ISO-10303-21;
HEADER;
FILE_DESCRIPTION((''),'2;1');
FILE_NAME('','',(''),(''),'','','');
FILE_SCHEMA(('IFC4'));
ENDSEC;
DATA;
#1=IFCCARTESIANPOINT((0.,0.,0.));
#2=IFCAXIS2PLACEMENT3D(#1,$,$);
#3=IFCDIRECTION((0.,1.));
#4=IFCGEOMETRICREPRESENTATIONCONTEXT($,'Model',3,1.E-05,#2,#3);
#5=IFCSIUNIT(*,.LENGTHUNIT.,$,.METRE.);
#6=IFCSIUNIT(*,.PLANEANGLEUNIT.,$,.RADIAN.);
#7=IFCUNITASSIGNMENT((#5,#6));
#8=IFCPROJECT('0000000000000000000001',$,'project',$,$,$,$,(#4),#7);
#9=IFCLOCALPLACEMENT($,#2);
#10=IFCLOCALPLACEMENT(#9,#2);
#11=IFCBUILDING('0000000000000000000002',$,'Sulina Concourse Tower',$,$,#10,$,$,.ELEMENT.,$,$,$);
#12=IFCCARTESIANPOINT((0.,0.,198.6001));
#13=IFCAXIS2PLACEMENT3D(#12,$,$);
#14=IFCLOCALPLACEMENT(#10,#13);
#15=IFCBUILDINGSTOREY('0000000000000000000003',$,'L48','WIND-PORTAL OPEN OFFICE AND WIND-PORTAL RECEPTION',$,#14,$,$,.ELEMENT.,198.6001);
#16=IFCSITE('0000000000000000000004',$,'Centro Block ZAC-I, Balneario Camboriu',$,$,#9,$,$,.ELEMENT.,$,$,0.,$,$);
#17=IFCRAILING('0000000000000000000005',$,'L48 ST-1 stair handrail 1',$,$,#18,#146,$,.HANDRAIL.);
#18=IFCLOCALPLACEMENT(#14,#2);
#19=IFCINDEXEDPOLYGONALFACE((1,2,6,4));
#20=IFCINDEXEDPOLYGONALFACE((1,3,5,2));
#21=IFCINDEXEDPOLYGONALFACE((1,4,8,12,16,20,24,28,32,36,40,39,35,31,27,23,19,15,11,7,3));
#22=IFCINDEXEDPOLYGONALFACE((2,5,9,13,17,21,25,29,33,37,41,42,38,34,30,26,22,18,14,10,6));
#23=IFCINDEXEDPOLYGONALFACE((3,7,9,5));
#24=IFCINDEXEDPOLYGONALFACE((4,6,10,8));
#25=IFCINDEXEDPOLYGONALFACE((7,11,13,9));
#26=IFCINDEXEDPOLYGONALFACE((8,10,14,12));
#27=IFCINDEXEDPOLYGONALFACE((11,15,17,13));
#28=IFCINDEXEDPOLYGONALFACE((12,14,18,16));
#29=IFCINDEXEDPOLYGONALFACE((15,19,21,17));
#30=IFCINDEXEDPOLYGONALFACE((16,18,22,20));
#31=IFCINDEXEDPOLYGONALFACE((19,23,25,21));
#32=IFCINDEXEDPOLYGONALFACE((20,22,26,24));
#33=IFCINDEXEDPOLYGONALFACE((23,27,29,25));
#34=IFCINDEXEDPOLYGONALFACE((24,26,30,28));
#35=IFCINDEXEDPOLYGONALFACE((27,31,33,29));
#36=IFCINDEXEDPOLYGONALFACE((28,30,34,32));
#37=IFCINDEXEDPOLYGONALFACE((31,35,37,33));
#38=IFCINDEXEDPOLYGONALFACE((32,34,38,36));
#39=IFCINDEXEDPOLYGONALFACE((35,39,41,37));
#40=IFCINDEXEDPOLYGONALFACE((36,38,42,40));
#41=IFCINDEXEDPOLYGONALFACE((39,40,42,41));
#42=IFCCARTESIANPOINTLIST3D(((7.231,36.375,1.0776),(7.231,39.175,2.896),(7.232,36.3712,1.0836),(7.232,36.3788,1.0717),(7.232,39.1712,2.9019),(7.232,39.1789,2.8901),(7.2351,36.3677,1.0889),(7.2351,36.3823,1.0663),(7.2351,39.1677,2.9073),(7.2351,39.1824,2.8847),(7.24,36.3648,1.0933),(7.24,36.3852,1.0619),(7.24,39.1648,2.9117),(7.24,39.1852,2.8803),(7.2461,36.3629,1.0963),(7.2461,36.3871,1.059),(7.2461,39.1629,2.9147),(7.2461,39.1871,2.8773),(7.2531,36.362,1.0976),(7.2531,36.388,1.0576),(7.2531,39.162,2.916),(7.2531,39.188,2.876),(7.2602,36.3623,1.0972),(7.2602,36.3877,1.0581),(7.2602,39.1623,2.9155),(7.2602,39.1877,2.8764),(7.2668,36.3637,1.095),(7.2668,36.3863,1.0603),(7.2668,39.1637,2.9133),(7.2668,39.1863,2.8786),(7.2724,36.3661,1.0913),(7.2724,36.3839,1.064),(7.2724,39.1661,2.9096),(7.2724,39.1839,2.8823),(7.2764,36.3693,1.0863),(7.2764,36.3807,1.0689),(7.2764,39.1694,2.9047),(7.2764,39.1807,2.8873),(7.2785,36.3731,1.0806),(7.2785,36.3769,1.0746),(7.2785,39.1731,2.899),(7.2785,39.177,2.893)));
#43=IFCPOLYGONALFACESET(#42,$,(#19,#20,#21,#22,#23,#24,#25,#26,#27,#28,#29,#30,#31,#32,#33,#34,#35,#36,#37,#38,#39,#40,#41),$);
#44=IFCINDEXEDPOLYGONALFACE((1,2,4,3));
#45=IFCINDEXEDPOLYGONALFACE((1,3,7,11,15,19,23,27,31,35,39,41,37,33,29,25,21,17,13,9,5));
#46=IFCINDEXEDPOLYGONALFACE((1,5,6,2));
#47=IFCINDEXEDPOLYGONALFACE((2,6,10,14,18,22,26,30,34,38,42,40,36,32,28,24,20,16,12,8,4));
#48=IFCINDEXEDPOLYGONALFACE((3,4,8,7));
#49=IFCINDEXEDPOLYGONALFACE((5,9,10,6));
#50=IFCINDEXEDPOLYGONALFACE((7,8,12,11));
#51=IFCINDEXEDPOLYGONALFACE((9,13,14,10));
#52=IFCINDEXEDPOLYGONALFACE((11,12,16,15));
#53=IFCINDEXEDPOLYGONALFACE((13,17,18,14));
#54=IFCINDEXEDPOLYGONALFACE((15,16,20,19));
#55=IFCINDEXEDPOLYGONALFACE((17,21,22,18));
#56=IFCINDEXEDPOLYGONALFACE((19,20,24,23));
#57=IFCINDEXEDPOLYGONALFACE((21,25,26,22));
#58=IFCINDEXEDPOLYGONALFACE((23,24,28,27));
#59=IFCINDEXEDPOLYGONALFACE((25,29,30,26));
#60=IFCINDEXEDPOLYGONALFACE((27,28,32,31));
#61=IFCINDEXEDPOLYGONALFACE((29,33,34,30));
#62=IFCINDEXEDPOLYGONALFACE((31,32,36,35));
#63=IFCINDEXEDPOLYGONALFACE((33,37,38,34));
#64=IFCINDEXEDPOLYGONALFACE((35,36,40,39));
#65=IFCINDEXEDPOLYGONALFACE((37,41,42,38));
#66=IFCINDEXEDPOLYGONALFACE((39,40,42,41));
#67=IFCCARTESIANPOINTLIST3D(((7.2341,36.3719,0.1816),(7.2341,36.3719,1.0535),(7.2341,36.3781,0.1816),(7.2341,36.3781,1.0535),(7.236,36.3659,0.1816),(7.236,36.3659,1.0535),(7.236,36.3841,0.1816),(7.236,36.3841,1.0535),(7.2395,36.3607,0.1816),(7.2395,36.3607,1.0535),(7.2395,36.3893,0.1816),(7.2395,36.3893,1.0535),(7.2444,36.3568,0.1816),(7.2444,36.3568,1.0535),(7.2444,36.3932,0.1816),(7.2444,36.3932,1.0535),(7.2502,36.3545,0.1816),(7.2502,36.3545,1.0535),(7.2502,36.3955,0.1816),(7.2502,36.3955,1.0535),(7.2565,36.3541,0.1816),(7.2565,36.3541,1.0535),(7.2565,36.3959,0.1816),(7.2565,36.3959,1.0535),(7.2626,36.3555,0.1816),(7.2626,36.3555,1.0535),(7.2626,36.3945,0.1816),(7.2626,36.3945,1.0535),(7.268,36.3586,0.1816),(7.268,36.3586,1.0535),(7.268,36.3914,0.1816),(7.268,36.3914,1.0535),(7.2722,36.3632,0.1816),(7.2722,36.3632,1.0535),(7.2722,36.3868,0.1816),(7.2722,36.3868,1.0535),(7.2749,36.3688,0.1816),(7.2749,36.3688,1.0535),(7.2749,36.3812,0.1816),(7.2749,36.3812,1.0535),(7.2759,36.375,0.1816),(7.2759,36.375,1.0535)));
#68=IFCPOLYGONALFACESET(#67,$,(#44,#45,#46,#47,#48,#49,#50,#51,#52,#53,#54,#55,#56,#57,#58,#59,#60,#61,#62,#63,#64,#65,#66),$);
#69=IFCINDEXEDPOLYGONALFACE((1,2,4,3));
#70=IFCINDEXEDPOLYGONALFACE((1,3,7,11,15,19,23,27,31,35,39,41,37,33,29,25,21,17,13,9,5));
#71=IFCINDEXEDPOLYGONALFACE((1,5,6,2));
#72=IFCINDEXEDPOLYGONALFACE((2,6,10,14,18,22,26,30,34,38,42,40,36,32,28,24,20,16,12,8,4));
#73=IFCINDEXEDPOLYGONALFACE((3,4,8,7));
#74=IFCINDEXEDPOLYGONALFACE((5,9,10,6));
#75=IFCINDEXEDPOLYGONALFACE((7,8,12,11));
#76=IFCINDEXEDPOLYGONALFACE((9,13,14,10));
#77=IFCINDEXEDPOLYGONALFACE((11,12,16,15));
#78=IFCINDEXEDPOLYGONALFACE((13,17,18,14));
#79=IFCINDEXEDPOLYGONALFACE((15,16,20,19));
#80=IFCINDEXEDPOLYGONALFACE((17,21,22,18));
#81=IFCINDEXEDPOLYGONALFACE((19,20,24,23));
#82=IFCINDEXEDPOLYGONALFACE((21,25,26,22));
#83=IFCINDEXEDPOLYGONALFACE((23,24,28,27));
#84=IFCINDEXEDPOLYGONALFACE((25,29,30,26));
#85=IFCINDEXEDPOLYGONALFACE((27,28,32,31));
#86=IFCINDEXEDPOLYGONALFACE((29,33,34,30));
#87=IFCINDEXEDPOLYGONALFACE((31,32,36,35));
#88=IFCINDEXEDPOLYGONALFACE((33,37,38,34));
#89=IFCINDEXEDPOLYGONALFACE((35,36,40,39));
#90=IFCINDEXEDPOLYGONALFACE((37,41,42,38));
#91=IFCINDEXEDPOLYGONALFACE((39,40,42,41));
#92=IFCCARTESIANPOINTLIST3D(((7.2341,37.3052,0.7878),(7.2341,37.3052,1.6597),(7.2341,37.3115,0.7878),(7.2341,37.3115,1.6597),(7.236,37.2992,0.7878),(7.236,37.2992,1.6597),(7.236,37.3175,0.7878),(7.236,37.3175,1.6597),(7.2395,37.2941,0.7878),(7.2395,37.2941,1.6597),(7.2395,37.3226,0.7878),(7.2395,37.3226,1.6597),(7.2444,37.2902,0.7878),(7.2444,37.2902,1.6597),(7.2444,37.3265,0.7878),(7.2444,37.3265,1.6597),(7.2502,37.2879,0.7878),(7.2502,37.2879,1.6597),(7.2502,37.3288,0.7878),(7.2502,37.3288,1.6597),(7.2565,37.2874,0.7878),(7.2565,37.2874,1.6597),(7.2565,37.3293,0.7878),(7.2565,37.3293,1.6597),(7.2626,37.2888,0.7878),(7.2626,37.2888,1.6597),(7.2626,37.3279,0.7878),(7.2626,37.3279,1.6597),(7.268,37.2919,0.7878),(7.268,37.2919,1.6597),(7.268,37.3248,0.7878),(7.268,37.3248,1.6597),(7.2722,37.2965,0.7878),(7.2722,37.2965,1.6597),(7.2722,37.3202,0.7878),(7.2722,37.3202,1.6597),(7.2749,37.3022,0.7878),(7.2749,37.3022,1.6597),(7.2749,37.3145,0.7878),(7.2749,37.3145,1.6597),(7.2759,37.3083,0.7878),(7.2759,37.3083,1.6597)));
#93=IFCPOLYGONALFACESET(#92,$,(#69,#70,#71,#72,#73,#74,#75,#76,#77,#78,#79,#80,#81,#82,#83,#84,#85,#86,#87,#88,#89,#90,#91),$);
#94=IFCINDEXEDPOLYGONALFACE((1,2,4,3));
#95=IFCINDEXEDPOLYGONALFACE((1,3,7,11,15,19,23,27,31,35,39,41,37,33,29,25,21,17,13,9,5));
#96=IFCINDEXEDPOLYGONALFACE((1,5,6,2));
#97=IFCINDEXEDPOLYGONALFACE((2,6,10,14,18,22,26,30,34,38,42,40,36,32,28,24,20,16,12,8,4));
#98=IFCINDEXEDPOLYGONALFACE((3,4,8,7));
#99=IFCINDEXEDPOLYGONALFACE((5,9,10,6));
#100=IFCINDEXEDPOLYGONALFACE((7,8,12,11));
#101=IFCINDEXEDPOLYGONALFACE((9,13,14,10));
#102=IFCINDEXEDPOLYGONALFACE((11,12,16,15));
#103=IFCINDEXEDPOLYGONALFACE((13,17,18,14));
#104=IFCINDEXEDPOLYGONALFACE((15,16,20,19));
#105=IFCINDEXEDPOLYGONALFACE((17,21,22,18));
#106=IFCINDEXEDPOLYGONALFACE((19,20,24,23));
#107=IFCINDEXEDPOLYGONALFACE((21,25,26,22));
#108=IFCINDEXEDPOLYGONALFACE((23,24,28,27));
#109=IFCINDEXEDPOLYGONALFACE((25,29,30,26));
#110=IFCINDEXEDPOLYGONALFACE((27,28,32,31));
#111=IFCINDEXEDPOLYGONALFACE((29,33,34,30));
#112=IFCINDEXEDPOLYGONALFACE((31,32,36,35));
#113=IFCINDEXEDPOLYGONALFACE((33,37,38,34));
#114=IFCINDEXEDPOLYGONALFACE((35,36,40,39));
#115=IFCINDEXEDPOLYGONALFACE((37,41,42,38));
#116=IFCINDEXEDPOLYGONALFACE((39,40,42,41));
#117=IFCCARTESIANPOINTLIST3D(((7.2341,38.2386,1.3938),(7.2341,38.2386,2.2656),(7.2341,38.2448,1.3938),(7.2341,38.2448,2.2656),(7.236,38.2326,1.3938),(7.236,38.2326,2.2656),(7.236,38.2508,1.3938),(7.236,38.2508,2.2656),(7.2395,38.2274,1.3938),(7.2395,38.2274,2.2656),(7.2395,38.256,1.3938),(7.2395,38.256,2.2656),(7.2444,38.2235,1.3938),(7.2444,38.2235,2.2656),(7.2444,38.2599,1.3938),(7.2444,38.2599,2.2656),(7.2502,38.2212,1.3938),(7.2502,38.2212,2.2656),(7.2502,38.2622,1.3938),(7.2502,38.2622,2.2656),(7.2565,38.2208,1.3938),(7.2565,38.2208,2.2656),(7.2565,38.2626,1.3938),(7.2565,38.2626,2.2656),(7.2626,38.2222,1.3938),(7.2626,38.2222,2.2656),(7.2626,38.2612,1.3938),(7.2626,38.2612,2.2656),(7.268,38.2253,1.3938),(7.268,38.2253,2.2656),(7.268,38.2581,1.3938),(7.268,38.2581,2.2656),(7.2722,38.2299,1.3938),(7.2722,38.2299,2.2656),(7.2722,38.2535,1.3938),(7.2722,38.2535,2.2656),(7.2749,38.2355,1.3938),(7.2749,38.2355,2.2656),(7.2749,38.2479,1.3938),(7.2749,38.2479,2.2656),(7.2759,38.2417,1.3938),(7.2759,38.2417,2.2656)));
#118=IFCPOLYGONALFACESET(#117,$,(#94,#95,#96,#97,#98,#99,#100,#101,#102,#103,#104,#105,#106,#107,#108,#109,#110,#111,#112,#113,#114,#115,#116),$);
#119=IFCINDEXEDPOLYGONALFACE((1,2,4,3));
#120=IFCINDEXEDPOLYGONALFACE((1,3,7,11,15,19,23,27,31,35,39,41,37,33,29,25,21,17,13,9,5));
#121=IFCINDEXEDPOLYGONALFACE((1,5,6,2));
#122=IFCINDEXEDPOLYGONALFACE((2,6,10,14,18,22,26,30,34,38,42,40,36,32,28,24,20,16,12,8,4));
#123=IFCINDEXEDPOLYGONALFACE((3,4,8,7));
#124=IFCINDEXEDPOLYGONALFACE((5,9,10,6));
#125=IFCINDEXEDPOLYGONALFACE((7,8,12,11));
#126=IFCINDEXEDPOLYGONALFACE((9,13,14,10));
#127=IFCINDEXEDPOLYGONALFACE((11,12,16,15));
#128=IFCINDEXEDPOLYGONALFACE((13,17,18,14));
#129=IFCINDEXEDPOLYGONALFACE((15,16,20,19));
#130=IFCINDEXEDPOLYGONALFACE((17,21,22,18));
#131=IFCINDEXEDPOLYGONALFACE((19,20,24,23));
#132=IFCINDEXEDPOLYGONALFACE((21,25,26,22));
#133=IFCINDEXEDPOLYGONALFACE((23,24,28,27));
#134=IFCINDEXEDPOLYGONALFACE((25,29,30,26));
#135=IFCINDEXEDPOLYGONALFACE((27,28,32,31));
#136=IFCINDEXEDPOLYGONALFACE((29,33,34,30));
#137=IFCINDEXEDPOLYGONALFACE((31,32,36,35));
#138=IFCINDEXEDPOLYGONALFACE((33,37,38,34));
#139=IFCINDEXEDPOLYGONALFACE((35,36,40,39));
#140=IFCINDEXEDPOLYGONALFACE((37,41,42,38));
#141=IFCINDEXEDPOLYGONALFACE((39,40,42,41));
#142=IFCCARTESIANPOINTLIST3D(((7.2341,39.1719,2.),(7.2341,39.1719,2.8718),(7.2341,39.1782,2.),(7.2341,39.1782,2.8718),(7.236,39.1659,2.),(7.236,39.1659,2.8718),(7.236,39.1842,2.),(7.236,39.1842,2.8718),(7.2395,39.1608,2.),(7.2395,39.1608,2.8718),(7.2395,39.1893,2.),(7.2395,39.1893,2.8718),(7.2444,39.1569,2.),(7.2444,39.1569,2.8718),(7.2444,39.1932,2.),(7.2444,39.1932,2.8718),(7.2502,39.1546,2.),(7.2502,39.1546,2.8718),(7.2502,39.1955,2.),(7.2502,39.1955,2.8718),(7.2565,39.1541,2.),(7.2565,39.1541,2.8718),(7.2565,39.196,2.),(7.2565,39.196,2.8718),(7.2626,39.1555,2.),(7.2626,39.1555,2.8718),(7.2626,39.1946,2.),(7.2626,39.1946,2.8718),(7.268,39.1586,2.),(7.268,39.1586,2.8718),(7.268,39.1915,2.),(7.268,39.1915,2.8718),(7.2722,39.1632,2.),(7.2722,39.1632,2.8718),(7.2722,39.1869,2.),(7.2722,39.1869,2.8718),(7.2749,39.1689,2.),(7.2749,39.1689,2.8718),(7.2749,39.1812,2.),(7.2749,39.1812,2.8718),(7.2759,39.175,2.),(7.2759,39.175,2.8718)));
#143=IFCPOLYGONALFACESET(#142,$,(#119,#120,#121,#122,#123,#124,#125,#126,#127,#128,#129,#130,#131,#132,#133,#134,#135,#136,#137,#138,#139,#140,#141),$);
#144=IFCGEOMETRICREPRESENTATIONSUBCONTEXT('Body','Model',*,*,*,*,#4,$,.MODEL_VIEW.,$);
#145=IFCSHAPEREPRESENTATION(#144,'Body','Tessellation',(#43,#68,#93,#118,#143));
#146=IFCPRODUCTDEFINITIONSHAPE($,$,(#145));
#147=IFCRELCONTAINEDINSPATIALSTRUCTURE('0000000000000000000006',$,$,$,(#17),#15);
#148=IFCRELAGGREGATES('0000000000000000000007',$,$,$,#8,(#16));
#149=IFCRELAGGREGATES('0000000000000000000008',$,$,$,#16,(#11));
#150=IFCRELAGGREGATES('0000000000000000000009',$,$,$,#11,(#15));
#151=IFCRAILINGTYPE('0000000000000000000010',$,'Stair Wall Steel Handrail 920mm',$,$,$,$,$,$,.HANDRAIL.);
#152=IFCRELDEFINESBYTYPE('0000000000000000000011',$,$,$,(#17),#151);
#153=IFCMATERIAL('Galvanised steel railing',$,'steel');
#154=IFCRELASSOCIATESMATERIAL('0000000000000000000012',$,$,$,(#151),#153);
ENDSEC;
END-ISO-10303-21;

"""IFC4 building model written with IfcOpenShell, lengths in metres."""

from ifc_helpers import new_model, si_unit, direction, frame, origin, origin_2d, place, context, subcontext, project, spatial, circle, extrude, material, type_object, element, save


model = new_model("IFC4")

# Units and contexts
model_context = context("Model", 3, precision=1e-05, world=origin(), true_north=direction((0.0, 1.0)))
body_context = subcontext(model_context, "Body", "Model", "MODEL_VIEW")
ifc_project = project(units=[si_unit("LENGTHUNIT", "METRE"), si_unit("PLANEANGLEUNIT", "RADIAN")], contexts=[model_context])

# Site, building, storey
site_placement = place(None, origin())
site = spatial("IfcSite", under=ifc_project, at=site_placement, Name="Centro Block ZAC-I, Balneario Camboriu", CompositionType="ELEMENT", RefElevation=0.0)
building_placement = place(site_placement, origin())
building = spatial("IfcBuilding", under=site, at=building_placement, Name="Sulina Concourse Tower", CompositionType="ELEMENT")
storey_placement = place(building_placement, frame((0.0, 0.0, 198.6001)))
storey = spatial("IfcBuildingStorey", under=building, at=storey_placement, Name="L48", Description="WIND-PORTAL OPEN OFFICE AND WIND-PORTAL RECEPTION", CompositionType="ELEMENT", Elevation=198.6001)

# Railing
ifc_material_1 = material(Name="Galvanised steel railing", Category="steel")
railing_type_1 = type_object("IfcRailingType", Name="Stair Wall Steel Handrail 920mm", PredefinedType="HANDRAIL", material=ifc_material_1)
railing_1_placement = place(storey_placement, frame((7.2549, 36.375, 0.1816)))
element("IfcRailing", 1, at=railing_1_placement, inside=storey, type_object=railing_type_1, Name="L48 ST-1 stair handrail 1", PredefinedType="HANDRAIL", context=body_context, shape_type="SweptSolid", body=[
    extrude(circle(Radius=0.0239, at=origin_2d()), frame((0.0, 0.0, 0.896), z_axis=(0.0, 0.838672, 0.544636), x_axis=(-1.0, 0.0, 0.0)), (0.0, 0.0, 1.0), 3.3386),
    extrude(circle(Radius=0.021, at=origin_2d()), origin(), (0.0, 0.0, 1.0), 0.8718),
    extrude(circle(Radius=0.021, at=origin_2d()), frame((0.0, 0.9333, 0.6062)), (0.0, 0.0, 1.0), 0.8718),
    extrude(circle(Radius=0.021, at=origin_2d()), frame((0.0, 1.8667, 1.2122)), (0.0, 0.0, 1.0), 0.8718),
    extrude(circle(Radius=0.021, at=origin_2d()), frame((0.0, 2.8, 1.8184)), (0.0, 0.0, 1.0), 0.8718),
])

save(model, "model.ifc")
